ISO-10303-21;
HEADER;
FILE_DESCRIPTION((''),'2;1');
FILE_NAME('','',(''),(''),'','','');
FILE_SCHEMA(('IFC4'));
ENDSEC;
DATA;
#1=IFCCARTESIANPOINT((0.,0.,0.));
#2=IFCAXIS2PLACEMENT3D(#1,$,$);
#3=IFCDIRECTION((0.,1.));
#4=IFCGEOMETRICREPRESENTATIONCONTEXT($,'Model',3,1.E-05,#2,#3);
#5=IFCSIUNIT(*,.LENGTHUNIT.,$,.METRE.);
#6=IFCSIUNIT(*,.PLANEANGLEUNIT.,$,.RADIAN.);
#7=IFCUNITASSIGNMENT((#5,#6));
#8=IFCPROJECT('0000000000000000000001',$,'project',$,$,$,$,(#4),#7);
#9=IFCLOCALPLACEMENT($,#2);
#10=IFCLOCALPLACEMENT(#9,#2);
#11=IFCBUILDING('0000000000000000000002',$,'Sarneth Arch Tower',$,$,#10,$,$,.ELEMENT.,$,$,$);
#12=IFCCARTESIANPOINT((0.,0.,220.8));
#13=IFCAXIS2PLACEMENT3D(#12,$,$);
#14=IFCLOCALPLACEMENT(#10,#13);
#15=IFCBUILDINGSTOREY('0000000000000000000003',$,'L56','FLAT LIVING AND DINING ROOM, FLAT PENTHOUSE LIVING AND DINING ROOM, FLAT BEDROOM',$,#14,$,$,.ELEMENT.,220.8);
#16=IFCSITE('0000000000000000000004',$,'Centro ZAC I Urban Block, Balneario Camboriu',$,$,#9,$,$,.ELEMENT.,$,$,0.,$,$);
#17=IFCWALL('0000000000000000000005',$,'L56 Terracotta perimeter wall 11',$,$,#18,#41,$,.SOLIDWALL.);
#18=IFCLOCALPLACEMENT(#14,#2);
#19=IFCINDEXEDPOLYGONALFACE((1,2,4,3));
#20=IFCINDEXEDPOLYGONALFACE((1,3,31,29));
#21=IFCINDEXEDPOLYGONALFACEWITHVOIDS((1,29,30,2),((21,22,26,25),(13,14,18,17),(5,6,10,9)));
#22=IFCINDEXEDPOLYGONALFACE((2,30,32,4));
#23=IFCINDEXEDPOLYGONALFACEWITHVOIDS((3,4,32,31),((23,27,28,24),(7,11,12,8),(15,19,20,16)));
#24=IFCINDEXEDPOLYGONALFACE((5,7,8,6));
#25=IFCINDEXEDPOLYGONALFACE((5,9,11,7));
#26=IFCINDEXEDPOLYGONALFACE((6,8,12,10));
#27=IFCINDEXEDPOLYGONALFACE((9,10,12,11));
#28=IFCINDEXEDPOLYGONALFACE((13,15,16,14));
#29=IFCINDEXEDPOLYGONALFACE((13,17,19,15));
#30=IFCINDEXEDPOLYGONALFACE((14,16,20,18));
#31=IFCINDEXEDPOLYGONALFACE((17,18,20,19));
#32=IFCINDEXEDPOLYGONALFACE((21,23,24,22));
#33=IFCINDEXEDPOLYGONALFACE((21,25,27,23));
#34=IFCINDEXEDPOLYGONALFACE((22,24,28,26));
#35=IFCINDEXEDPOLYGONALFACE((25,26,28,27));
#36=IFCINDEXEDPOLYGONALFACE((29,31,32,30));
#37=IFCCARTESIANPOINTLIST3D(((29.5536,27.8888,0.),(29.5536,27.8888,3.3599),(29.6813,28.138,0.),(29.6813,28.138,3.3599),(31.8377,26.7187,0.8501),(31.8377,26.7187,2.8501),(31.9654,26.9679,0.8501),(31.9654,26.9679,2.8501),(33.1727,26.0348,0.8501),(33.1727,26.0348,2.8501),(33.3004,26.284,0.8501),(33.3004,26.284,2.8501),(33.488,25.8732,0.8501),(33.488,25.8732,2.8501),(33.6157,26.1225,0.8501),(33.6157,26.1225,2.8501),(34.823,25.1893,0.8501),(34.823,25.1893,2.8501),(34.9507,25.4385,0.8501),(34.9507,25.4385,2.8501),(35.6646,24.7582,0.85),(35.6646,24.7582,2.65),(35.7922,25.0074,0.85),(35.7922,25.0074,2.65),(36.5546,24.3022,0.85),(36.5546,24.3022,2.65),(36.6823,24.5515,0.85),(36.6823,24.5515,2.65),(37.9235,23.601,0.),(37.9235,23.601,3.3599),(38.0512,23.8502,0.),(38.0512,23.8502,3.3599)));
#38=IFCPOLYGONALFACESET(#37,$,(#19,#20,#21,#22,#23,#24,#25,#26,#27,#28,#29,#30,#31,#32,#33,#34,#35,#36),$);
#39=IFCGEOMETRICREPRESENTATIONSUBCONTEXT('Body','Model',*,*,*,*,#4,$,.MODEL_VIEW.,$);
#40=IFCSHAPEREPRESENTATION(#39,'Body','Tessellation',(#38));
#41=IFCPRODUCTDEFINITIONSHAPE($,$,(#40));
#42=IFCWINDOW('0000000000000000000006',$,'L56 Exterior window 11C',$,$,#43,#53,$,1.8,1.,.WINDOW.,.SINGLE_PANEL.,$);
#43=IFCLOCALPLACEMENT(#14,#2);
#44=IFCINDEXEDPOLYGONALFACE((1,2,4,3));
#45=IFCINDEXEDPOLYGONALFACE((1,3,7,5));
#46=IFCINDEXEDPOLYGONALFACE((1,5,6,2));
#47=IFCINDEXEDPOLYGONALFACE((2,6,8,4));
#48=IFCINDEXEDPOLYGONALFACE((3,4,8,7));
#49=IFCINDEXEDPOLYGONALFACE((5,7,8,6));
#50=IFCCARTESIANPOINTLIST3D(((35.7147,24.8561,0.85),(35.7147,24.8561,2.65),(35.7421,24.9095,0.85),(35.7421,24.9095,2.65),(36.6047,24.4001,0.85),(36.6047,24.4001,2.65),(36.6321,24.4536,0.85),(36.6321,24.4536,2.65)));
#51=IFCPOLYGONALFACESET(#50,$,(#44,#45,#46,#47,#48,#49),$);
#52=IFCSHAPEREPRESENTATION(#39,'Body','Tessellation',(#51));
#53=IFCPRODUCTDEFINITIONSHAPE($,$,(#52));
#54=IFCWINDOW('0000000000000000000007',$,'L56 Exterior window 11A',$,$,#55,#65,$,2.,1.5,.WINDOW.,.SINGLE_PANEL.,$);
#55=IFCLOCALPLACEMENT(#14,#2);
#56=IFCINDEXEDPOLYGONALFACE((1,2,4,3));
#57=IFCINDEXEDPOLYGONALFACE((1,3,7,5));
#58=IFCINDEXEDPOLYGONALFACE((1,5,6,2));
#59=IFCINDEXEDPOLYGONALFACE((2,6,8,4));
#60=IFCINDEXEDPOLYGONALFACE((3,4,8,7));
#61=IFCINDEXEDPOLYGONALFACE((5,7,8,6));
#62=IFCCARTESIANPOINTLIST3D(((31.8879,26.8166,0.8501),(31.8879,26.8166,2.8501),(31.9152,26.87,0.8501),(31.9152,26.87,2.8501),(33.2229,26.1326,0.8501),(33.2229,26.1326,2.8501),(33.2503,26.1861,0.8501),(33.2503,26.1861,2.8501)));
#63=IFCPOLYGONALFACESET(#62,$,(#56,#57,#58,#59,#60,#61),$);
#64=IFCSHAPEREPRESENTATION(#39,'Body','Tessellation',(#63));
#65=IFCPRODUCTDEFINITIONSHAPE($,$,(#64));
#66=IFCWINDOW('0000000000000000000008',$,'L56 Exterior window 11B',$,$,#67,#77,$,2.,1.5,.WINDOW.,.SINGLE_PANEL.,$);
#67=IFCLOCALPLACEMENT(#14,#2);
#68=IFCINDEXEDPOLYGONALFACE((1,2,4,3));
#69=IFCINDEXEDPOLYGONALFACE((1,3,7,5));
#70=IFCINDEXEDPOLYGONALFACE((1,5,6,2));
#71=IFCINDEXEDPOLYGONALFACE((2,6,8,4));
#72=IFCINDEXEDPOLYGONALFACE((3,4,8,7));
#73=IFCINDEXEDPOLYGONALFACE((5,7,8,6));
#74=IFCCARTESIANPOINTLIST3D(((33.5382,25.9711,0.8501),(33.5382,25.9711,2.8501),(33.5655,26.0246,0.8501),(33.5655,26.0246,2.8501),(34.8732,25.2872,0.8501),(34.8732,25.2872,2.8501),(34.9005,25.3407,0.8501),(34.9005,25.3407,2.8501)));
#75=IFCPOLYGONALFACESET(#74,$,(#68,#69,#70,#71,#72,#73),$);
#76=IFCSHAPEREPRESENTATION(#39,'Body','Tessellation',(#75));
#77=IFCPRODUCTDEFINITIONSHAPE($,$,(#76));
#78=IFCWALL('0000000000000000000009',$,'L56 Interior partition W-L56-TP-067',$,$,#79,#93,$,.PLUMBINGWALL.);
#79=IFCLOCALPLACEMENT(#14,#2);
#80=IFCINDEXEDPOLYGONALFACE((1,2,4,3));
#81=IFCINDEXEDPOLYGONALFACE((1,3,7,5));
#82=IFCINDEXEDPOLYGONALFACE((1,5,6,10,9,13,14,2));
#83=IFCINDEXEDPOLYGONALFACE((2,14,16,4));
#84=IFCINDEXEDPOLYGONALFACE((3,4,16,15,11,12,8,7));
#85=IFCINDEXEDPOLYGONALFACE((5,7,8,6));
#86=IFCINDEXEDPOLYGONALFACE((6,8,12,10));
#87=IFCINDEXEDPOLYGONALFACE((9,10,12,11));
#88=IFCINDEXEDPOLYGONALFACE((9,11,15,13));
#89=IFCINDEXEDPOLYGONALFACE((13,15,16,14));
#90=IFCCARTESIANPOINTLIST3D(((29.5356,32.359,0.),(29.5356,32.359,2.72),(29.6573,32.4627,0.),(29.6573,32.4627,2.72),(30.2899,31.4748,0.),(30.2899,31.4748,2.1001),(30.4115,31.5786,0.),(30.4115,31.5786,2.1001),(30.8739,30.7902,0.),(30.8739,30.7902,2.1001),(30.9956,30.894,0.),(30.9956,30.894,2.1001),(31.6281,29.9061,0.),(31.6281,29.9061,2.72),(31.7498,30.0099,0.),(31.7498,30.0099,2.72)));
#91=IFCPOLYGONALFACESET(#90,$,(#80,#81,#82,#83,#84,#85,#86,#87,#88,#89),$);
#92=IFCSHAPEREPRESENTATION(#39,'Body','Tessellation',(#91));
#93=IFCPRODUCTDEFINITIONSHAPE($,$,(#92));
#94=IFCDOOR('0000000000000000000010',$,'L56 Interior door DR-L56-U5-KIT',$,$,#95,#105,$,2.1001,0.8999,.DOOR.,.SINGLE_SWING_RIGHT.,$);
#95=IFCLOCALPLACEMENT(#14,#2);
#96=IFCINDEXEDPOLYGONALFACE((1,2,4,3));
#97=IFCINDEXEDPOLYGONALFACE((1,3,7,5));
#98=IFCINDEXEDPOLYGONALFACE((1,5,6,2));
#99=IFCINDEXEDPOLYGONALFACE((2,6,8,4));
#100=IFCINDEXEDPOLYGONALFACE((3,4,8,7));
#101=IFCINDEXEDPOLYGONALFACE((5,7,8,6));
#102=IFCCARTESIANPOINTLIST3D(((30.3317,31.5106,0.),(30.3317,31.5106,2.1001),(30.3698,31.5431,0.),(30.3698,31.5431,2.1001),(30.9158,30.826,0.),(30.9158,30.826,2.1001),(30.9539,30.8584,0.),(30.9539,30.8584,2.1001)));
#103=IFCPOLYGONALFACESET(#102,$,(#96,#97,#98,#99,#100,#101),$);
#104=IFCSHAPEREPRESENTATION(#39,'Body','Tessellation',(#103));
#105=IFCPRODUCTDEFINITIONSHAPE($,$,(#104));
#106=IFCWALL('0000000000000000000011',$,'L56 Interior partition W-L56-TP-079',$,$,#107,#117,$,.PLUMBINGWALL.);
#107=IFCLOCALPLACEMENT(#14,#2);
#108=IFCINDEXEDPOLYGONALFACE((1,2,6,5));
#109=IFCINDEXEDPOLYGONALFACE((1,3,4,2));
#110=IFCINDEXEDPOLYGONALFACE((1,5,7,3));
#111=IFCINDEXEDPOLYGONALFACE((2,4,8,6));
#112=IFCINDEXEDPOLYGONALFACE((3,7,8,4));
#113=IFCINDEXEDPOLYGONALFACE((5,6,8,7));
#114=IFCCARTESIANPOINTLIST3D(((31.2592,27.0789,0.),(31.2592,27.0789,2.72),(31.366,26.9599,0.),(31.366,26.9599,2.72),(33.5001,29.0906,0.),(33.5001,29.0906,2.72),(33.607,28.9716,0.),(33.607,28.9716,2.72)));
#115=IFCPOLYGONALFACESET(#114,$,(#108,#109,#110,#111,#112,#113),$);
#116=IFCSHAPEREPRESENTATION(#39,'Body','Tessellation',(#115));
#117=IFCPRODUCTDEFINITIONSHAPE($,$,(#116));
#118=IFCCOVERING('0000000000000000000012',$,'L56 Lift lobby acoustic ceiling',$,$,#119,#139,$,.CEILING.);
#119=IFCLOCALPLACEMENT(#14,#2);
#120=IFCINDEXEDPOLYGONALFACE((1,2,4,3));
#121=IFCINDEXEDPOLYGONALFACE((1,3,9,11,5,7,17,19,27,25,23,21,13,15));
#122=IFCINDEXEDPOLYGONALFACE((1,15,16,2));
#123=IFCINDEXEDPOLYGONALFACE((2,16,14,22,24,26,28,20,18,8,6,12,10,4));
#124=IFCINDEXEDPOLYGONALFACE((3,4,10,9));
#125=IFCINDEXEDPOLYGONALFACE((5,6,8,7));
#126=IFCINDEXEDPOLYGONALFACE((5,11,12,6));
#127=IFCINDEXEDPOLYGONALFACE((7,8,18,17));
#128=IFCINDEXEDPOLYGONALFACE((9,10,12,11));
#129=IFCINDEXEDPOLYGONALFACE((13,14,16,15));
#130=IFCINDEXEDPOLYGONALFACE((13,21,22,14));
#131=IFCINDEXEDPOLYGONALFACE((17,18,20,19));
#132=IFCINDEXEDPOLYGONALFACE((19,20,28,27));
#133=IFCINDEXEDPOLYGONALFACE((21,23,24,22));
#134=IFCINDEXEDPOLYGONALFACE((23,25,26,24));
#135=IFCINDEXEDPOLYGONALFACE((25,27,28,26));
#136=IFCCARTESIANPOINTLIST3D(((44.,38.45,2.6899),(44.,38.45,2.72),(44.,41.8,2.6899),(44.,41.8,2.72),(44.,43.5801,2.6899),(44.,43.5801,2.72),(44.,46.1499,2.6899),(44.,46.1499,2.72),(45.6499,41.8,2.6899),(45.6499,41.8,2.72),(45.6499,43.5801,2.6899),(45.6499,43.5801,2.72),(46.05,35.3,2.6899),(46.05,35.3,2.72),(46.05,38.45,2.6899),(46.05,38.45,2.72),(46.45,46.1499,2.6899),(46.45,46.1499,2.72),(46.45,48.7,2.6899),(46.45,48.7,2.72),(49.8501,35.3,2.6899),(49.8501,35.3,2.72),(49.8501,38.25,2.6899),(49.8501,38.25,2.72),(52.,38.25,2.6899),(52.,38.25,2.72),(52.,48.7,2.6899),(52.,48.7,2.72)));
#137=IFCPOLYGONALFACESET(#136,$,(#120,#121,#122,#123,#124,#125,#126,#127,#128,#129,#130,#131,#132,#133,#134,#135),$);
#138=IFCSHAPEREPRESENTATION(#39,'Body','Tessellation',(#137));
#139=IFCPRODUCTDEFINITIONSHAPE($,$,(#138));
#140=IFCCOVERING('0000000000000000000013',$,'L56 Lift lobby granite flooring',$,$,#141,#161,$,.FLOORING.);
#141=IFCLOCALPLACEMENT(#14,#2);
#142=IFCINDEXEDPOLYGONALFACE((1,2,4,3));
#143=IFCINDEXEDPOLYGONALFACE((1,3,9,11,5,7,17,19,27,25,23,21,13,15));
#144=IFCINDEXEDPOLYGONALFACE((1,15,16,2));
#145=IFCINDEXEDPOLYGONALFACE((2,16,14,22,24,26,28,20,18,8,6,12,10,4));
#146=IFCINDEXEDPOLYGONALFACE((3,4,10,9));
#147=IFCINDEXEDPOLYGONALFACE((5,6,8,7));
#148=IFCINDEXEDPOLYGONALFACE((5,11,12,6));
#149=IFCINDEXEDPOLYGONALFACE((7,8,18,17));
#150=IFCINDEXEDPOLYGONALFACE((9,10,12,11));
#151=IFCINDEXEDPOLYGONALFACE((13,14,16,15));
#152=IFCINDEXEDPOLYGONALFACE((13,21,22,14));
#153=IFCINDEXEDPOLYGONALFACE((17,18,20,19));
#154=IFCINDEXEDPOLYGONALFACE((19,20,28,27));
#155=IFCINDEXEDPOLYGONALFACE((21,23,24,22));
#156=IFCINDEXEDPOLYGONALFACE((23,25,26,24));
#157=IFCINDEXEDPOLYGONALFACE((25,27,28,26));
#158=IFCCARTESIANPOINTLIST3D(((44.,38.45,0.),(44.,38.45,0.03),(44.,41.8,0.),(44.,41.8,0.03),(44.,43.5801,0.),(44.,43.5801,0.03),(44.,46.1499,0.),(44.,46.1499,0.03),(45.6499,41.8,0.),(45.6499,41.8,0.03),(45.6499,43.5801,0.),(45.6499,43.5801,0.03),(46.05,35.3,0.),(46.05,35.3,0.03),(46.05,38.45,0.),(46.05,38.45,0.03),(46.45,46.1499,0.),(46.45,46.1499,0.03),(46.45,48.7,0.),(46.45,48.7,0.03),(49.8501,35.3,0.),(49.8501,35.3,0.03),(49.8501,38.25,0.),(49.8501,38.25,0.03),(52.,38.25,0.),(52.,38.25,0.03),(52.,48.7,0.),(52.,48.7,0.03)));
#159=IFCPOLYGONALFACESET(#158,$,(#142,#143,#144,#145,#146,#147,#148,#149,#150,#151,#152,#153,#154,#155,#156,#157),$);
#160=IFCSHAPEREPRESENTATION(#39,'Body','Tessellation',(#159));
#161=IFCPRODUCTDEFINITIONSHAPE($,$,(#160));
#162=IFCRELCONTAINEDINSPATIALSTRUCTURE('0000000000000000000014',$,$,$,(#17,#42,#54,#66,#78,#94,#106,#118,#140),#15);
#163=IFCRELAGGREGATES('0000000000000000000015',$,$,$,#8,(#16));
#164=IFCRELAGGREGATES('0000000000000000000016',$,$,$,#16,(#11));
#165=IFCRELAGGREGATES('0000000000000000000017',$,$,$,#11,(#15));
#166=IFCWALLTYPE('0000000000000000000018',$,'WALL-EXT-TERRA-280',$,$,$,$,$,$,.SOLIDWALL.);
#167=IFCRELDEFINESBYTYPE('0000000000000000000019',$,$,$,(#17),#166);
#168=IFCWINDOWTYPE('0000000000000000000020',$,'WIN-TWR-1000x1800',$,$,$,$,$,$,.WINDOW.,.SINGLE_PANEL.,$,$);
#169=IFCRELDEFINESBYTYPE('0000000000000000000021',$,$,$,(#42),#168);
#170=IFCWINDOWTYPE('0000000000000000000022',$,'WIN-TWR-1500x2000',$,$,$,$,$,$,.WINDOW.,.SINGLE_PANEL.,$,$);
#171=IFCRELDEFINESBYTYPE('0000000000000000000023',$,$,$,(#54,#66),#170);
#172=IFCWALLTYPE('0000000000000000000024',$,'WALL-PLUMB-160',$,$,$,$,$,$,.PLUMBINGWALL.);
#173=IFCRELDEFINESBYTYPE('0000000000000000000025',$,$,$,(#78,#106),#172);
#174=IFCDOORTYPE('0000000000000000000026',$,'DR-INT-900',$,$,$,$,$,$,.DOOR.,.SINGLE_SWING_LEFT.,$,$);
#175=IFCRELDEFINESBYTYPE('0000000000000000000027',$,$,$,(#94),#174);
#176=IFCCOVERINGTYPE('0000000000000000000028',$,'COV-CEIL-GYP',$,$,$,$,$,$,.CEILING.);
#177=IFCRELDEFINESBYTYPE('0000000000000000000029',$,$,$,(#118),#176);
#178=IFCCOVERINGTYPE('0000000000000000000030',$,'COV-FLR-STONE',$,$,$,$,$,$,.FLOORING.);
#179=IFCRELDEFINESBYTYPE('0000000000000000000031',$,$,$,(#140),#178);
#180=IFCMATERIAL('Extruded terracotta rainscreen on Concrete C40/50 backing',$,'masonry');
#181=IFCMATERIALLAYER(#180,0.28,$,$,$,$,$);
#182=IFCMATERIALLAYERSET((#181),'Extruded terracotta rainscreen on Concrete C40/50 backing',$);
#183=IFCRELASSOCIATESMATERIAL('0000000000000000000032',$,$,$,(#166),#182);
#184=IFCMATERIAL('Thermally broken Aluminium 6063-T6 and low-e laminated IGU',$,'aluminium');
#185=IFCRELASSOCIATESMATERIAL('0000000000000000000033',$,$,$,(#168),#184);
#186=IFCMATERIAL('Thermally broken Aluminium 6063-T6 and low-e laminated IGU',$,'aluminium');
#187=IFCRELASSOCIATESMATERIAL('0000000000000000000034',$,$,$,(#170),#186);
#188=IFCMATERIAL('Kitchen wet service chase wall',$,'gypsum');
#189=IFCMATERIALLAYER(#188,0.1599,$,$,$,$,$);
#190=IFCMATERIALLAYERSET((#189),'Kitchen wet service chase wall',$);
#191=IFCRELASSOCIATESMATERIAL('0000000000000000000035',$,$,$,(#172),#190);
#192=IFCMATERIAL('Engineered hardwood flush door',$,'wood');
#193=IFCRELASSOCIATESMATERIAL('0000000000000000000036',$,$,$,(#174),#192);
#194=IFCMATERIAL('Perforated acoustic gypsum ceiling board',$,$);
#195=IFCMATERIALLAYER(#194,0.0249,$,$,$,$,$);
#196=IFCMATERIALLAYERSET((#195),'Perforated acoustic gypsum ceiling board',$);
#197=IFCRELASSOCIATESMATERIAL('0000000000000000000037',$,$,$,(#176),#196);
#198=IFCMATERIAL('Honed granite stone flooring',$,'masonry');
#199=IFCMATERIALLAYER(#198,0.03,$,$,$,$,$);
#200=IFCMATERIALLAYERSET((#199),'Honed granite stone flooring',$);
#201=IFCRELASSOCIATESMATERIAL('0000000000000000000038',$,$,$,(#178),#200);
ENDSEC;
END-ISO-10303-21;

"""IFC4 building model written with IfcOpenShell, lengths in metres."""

from ifc_helpers import new_model, si_unit, direction, frame, frame_2d, origin, place, context, subcontext, project, spatial, polyline, rectangle, outline, extrude, material, layer, layer_set, type_object, element, fill, save


model = new_model("IFC4")

# Units and contexts
model_context = context("Model", 3, precision=1e-05, world=origin(), true_north=direction((0.0, 1.0)))
body_context = subcontext(model_context, "Body", "Model", "MODEL_VIEW")
ifc_project = project(units=[si_unit("LENGTHUNIT", "METRE"), si_unit("PLANEANGLEUNIT", "RADIAN")], contexts=[model_context])

# Site, building, storey
site_placement = place(None, origin())
site = spatial("IfcSite", under=ifc_project, at=site_placement, Name="Centro ZAC I Urban Block, Balneario Camboriu", CompositionType="ELEMENT", RefElevation=0.0)
building_placement = place(site_placement, origin())
building = spatial("IfcBuilding", under=site, at=building_placement, Name="Sarneth Arch Tower", CompositionType="ELEMENT")
storey_placement = place(building_placement, frame((0.0, 0.0, 220.8)))
storey = spatial("IfcBuildingStorey", under=building, at=storey_placement, Name="L56", Description="FLAT LIVING AND DINING ROOM, FLAT PENTHOUSE LIVING AND DINING ROOM, FLAT BEDROOM", CompositionType="ELEMENT", Elevation=220.8)

# Wall, openings, windows
ifc_material_1 = material(Name="Extruded terracotta rainscreen on Concrete C40/50 backing", Category="masonry")
ifc_layer_1 = layer(ifc_material_1, 0.28)
ifc_layer_set_1 = layer_set([ifc_layer_1], Name="Extruded terracotta rainscreen on Concrete C40/50 backing")
wall_type_1 = type_object("IfcWallType", Name="WALL-EXT-TERRA-280", PredefinedType="SOLIDWALL", material=ifc_layer_set_1)
wall_1_placement = place(storey_placement, frame((29.6174, 28.0134, 0.0), z_axis=(0.0, 0.0, 1.0), x_axis=(0.890007, -0.455946, 0.0)))
wall_1 = element("IfcWall", 1, at=wall_1_placement, inside=storey, type_object=wall_type_1, Name="L56 Terracotta perimeter wall 11", PredefinedType="SOLIDWALL", context=body_context, shape_type="SweptSolid", body=[
    extrude(rectangle(XDim=9.4043, YDim=0.28, at=frame_2d((4.7021, 0.0))), origin(), (0.0, 0.0, 1.0), 3.3599),
])
opening_1_placement = place(wall_1_placement, frame((2.5664, 0.0, 0.8501)))
opening_1 = element("IfcOpeningElement", 2, at=opening_1_placement, cuts=wall_1, PredefinedType="OPENING", context=body_context, shape_type="SweptSolid", body=[
    extrude(rectangle(XDim=1.5, YDim=2.0, at=frame_2d((0.75, 1.0))), frame((0.0, 0.1499, 0.0), z_axis=(0.0, -1.0, 0.0), x_axis=(1.0, 0.0, 0.0)), (0.0, 0.0, 1.0), 0.3),
])
opening_2_placement = place(wall_1_placement, frame((4.4207, 0.0, 0.8501)))
opening_2 = element("IfcOpeningElement", 3, at=opening_2_placement, cuts=wall_1, PredefinedType="OPENING", context=body_context, shape_type="SweptSolid", body=[
    extrude(rectangle(XDim=1.5, YDim=2.0, at=frame_2d((0.75, 1.0))), frame((0.0, 0.1499, 0.0), z_axis=(0.0, -1.0, 0.0), x_axis=(1.0, 0.0, 0.0)), (0.0, 0.0, 1.0), 0.3),
])
opening_3_placement = place(wall_1_placement, frame((6.8662, 0.0, 0.8501)))
opening_3 = element("IfcOpeningElement", 4, at=opening_3_placement, cuts=wall_1, PredefinedType="OPENING", context=body_context, shape_type="SweptSolid", body=[
    extrude(rectangle(XDim=1.0, YDim=1.8, at=frame_2d((0.5, 0.8999))), frame((0.0, 0.1499, 0.0), z_axis=(0.0, -1.0, 0.0), x_axis=(1.0, 0.0, 0.0)), (0.0, 0.0, 1.0), 0.3),
])
ifc_material_2 = material(Name="Thermally broken Aluminium 6063-T6 and low-e laminated IGU", Category="aluminium")
window_type_1 = type_object("IfcWindowType", Name="WIN-TWR-1000x1800", PartitioningType="SINGLE_PANEL", PredefinedType="WINDOW", material=ifc_material_2)
window_1_placement = place(opening_3_placement, origin())
window_1 = element("IfcWindow", 5, at=window_1_placement, inside=storey, type_object=window_type_1, Name="L56 Exterior window 11C", OverallHeight=1.8, OverallWidth=1.0, PartitioningType="SINGLE_PANEL", PredefinedType="WINDOW", context=body_context, shape_type="SweptSolid", body=[
    extrude(rectangle(XDim=1.0, YDim=1.8, at=frame_2d((0.5, 0.8999))), frame((0.0, 0.03, 0.0), z_axis=(0.0, -1.0, 0.0), x_axis=(1.0, 0.0, 0.0)), (0.0, 0.0, 1.0), 0.0601),
])
fill(opening_3, window_1)
ifc_material_3 = material(Name="Thermally broken Aluminium 6063-T6 and low-e laminated IGU", Category="aluminium")
window_type_2 = type_object("IfcWindowType", Name="WIN-TWR-1500x2000", PartitioningType="SINGLE_PANEL", PredefinedType="WINDOW", material=ifc_material_3)
window_2_placement = place(opening_1_placement, origin())
window_2 = element("IfcWindow", 6, at=window_2_placement, inside=storey, type_object=window_type_2, Name="L56 Exterior window 11A", OverallHeight=2.0, OverallWidth=1.5, PartitioningType="SINGLE_PANEL", PredefinedType="WINDOW", context=body_context, shape_type="SweptSolid", body=[
    extrude(rectangle(XDim=1.5, YDim=2.0, at=frame_2d((0.75, 1.0))), frame((0.0, 0.03, 0.0), z_axis=(0.0, -1.0, 0.0), x_axis=(1.0, 0.0, 0.0)), (0.0, 0.0, 1.0), 0.0601),
])
fill(opening_1, window_2)
window_3_placement = place(opening_2_placement, origin())
window_3 = element("IfcWindow", 7, at=window_3_placement, inside=storey, type_object=window_type_2, Name="L56 Exterior window 11B", OverallHeight=2.0, OverallWidth=1.5, PartitioningType="SINGLE_PANEL", PredefinedType="WINDOW", context=body_context, shape_type="SweptSolid", body=[
    extrude(rectangle(XDim=1.5, YDim=2.0, at=frame_2d((0.75, 1.0))), frame((0.0, 0.03, 0.0), z_axis=(0.0, -1.0, 0.0), x_axis=(1.0, 0.0, 0.0)), (0.0, 0.0, 1.0), 0.0601),
])
fill(opening_2, window_3)

# Wall, opening, door
ifc_material_4 = material(Name="Kitchen wet service chase wall", Category="gypsum")
ifc_layer_2 = layer(ifc_material_4, 0.1599)
ifc_layer_set_2 = layer_set([ifc_layer_2], Name="Kitchen wet service chase wall")
wall_type_2 = type_object("IfcWallType", Name="WALL-PLUMB-160", PredefinedType="PLUMBINGWALL", material=ifc_layer_set_2)
wall_2_placement = place(storey_placement, frame((31.689, 29.958, 0.0), z_axis=(0.0, 0.0, 1.0), x_axis=(-0.649012, 0.760778, 0.0)))
wall_2 = element("IfcWall", 8, at=wall_2_placement, inside=storey, type_object=wall_type_2, Name="L56 Interior partition W-L56-TP-067", PredefinedType="PLUMBINGWALL", context=body_context, shape_type="SweptSolid", body=[
    extrude(rectangle(XDim=3.2241, YDim=0.1599, at=frame_2d((1.6121, 0.0))), origin(), (0.0, 0.0, 1.0), 2.72),
])
opening_4_placement = place(wall_2_placement, frame((1.1621, 0.0, 0.0)))
opening_4 = element("IfcOpeningElement", 9, at=opening_4_placement, cuts=wall_2, PredefinedType="OPENING", context=body_context, shape_type="SweptSolid", body=[
    extrude(rectangle(XDim=0.8999, YDim=2.1001, at=frame_2d((0.45, 1.05))), frame((0.0, 0.0898, 0.0), z_axis=(0.0, -1.0, 0.0), x_axis=(1.0, 0.0, 0.0)), (0.0, 0.0, 1.0), 0.1799),
])
ifc_material_5 = material(Name="Engineered hardwood flush door", Category="wood")
door_type = type_object("IfcDoorType", Name="DR-INT-900", OperationType="SINGLE_SWING_LEFT", PredefinedType="DOOR", material=ifc_material_5)
door_placement = place(opening_4_placement, origin())
door = element("IfcDoor", 10, at=door_placement, inside=storey, type_object=door_type, Name="L56 Interior door DR-L56-U5-KIT", OperationType="SINGLE_SWING_RIGHT", OverallHeight=2.1001, OverallWidth=0.8999, PredefinedType="DOOR", context=body_context, shape_type="SweptSolid", body=[
    extrude(rectangle(XDim=0.8999, YDim=2.1001, at=frame_2d((0.45, 1.05))), frame((0.0, 0.0249, 0.0), z_axis=(0.0, -1.0, 0.0), x_axis=(1.0, 0.0, 0.0)), (0.0, 0.0, 1.0), 0.05),
])
fill(opening_4, door)

# Wall
wall_3_placement = place(storey_placement, frame((31.3125, 27.0193, 0.0), z_axis=(0.0, 0.0, 1.0), x_axis=(0.744144, 0.668019, 0.0)))
element("IfcWall", 11, at=wall_3_placement, inside=storey, type_object=wall_type_2, Name="L56 Interior partition W-L56-TP-079", PredefinedType="PLUMBINGWALL", context=body_context, shape_type="SweptSolid", body=[
    extrude(rectangle(XDim=3.0115, YDim=0.1599, at=frame_2d((1.5059, 0.0))), origin(), (0.0, 0.0, 1.0), 2.72),
])

# Coverings
ifc_material_6 = material(Name="Perforated acoustic gypsum ceiling board")
ifc_layer_3 = layer(ifc_material_6, 0.0249)
ifc_layer_set_3 = layer_set([ifc_layer_3], Name="Perforated acoustic gypsum ceiling board")
covering_type_1 = type_object("IfcCoveringType", Name="COV-CEIL-GYP", PredefinedType="CEILING", material=ifc_layer_set_3)
covering_1_placement = place(storey_placement, frame((0.0, 0.0, 2.6899)))
element("IfcCovering", 12, at=covering_1_placement, inside=storey, type_object=covering_type_1, Name="L56 Lift lobby acoustic ceiling", PredefinedType="CEILING", context=body_context, shape_type="SweptSolid", body=[
    extrude(outline(polyline([(49.8501, 38.25), (49.8501, 35.3), (46.05, 35.3), (46.05, 38.45), (44.0, 38.45), (44.0, 41.8), (45.6499, 41.8), (45.6499, 43.5801), (44.0, 43.5801), (44.0, 46.1499), (46.45, 46.1499), (46.45, 48.7), (52.0, 48.7), (52.0, 38.25), (49.8501, 38.25)])), origin(), (0.0, 0.0, 1.0), 0.03),
])
ifc_material_7 = material(Name="Honed granite stone flooring", Category="masonry")
ifc_layer_4 = layer(ifc_material_7, 0.03)
ifc_layer_set_4 = layer_set([ifc_layer_4], Name="Honed granite stone flooring")
covering_type_2 = type_object("IfcCoveringType", Name="COV-FLR-STONE", PredefinedType="FLOORING", material=ifc_layer_set_4)
covering_2_placement = place(storey_placement, origin())
element("IfcCovering", 13, at=covering_2_placement, inside=storey, type_object=covering_type_2, Name="L56 Lift lobby granite flooring", PredefinedType="FLOORING", context=body_context, shape_type="SweptSolid", body=[
    extrude(outline(polyline([(49.8501, 38.25), (49.8501, 35.3), (46.05, 35.3), (46.05, 38.45), (44.0, 38.45), (44.0, 41.8), (45.6499, 41.8), (45.6499, 43.5801), (44.0, 43.5801), (44.0, 46.1499), (46.45, 46.1499), (46.45, 48.7), (52.0, 48.7), (52.0, 38.25), (49.8501, 38.25)])), origin(), (0.0, 0.0, 1.0), 0.03),
])

save(model, "model.ifc")
